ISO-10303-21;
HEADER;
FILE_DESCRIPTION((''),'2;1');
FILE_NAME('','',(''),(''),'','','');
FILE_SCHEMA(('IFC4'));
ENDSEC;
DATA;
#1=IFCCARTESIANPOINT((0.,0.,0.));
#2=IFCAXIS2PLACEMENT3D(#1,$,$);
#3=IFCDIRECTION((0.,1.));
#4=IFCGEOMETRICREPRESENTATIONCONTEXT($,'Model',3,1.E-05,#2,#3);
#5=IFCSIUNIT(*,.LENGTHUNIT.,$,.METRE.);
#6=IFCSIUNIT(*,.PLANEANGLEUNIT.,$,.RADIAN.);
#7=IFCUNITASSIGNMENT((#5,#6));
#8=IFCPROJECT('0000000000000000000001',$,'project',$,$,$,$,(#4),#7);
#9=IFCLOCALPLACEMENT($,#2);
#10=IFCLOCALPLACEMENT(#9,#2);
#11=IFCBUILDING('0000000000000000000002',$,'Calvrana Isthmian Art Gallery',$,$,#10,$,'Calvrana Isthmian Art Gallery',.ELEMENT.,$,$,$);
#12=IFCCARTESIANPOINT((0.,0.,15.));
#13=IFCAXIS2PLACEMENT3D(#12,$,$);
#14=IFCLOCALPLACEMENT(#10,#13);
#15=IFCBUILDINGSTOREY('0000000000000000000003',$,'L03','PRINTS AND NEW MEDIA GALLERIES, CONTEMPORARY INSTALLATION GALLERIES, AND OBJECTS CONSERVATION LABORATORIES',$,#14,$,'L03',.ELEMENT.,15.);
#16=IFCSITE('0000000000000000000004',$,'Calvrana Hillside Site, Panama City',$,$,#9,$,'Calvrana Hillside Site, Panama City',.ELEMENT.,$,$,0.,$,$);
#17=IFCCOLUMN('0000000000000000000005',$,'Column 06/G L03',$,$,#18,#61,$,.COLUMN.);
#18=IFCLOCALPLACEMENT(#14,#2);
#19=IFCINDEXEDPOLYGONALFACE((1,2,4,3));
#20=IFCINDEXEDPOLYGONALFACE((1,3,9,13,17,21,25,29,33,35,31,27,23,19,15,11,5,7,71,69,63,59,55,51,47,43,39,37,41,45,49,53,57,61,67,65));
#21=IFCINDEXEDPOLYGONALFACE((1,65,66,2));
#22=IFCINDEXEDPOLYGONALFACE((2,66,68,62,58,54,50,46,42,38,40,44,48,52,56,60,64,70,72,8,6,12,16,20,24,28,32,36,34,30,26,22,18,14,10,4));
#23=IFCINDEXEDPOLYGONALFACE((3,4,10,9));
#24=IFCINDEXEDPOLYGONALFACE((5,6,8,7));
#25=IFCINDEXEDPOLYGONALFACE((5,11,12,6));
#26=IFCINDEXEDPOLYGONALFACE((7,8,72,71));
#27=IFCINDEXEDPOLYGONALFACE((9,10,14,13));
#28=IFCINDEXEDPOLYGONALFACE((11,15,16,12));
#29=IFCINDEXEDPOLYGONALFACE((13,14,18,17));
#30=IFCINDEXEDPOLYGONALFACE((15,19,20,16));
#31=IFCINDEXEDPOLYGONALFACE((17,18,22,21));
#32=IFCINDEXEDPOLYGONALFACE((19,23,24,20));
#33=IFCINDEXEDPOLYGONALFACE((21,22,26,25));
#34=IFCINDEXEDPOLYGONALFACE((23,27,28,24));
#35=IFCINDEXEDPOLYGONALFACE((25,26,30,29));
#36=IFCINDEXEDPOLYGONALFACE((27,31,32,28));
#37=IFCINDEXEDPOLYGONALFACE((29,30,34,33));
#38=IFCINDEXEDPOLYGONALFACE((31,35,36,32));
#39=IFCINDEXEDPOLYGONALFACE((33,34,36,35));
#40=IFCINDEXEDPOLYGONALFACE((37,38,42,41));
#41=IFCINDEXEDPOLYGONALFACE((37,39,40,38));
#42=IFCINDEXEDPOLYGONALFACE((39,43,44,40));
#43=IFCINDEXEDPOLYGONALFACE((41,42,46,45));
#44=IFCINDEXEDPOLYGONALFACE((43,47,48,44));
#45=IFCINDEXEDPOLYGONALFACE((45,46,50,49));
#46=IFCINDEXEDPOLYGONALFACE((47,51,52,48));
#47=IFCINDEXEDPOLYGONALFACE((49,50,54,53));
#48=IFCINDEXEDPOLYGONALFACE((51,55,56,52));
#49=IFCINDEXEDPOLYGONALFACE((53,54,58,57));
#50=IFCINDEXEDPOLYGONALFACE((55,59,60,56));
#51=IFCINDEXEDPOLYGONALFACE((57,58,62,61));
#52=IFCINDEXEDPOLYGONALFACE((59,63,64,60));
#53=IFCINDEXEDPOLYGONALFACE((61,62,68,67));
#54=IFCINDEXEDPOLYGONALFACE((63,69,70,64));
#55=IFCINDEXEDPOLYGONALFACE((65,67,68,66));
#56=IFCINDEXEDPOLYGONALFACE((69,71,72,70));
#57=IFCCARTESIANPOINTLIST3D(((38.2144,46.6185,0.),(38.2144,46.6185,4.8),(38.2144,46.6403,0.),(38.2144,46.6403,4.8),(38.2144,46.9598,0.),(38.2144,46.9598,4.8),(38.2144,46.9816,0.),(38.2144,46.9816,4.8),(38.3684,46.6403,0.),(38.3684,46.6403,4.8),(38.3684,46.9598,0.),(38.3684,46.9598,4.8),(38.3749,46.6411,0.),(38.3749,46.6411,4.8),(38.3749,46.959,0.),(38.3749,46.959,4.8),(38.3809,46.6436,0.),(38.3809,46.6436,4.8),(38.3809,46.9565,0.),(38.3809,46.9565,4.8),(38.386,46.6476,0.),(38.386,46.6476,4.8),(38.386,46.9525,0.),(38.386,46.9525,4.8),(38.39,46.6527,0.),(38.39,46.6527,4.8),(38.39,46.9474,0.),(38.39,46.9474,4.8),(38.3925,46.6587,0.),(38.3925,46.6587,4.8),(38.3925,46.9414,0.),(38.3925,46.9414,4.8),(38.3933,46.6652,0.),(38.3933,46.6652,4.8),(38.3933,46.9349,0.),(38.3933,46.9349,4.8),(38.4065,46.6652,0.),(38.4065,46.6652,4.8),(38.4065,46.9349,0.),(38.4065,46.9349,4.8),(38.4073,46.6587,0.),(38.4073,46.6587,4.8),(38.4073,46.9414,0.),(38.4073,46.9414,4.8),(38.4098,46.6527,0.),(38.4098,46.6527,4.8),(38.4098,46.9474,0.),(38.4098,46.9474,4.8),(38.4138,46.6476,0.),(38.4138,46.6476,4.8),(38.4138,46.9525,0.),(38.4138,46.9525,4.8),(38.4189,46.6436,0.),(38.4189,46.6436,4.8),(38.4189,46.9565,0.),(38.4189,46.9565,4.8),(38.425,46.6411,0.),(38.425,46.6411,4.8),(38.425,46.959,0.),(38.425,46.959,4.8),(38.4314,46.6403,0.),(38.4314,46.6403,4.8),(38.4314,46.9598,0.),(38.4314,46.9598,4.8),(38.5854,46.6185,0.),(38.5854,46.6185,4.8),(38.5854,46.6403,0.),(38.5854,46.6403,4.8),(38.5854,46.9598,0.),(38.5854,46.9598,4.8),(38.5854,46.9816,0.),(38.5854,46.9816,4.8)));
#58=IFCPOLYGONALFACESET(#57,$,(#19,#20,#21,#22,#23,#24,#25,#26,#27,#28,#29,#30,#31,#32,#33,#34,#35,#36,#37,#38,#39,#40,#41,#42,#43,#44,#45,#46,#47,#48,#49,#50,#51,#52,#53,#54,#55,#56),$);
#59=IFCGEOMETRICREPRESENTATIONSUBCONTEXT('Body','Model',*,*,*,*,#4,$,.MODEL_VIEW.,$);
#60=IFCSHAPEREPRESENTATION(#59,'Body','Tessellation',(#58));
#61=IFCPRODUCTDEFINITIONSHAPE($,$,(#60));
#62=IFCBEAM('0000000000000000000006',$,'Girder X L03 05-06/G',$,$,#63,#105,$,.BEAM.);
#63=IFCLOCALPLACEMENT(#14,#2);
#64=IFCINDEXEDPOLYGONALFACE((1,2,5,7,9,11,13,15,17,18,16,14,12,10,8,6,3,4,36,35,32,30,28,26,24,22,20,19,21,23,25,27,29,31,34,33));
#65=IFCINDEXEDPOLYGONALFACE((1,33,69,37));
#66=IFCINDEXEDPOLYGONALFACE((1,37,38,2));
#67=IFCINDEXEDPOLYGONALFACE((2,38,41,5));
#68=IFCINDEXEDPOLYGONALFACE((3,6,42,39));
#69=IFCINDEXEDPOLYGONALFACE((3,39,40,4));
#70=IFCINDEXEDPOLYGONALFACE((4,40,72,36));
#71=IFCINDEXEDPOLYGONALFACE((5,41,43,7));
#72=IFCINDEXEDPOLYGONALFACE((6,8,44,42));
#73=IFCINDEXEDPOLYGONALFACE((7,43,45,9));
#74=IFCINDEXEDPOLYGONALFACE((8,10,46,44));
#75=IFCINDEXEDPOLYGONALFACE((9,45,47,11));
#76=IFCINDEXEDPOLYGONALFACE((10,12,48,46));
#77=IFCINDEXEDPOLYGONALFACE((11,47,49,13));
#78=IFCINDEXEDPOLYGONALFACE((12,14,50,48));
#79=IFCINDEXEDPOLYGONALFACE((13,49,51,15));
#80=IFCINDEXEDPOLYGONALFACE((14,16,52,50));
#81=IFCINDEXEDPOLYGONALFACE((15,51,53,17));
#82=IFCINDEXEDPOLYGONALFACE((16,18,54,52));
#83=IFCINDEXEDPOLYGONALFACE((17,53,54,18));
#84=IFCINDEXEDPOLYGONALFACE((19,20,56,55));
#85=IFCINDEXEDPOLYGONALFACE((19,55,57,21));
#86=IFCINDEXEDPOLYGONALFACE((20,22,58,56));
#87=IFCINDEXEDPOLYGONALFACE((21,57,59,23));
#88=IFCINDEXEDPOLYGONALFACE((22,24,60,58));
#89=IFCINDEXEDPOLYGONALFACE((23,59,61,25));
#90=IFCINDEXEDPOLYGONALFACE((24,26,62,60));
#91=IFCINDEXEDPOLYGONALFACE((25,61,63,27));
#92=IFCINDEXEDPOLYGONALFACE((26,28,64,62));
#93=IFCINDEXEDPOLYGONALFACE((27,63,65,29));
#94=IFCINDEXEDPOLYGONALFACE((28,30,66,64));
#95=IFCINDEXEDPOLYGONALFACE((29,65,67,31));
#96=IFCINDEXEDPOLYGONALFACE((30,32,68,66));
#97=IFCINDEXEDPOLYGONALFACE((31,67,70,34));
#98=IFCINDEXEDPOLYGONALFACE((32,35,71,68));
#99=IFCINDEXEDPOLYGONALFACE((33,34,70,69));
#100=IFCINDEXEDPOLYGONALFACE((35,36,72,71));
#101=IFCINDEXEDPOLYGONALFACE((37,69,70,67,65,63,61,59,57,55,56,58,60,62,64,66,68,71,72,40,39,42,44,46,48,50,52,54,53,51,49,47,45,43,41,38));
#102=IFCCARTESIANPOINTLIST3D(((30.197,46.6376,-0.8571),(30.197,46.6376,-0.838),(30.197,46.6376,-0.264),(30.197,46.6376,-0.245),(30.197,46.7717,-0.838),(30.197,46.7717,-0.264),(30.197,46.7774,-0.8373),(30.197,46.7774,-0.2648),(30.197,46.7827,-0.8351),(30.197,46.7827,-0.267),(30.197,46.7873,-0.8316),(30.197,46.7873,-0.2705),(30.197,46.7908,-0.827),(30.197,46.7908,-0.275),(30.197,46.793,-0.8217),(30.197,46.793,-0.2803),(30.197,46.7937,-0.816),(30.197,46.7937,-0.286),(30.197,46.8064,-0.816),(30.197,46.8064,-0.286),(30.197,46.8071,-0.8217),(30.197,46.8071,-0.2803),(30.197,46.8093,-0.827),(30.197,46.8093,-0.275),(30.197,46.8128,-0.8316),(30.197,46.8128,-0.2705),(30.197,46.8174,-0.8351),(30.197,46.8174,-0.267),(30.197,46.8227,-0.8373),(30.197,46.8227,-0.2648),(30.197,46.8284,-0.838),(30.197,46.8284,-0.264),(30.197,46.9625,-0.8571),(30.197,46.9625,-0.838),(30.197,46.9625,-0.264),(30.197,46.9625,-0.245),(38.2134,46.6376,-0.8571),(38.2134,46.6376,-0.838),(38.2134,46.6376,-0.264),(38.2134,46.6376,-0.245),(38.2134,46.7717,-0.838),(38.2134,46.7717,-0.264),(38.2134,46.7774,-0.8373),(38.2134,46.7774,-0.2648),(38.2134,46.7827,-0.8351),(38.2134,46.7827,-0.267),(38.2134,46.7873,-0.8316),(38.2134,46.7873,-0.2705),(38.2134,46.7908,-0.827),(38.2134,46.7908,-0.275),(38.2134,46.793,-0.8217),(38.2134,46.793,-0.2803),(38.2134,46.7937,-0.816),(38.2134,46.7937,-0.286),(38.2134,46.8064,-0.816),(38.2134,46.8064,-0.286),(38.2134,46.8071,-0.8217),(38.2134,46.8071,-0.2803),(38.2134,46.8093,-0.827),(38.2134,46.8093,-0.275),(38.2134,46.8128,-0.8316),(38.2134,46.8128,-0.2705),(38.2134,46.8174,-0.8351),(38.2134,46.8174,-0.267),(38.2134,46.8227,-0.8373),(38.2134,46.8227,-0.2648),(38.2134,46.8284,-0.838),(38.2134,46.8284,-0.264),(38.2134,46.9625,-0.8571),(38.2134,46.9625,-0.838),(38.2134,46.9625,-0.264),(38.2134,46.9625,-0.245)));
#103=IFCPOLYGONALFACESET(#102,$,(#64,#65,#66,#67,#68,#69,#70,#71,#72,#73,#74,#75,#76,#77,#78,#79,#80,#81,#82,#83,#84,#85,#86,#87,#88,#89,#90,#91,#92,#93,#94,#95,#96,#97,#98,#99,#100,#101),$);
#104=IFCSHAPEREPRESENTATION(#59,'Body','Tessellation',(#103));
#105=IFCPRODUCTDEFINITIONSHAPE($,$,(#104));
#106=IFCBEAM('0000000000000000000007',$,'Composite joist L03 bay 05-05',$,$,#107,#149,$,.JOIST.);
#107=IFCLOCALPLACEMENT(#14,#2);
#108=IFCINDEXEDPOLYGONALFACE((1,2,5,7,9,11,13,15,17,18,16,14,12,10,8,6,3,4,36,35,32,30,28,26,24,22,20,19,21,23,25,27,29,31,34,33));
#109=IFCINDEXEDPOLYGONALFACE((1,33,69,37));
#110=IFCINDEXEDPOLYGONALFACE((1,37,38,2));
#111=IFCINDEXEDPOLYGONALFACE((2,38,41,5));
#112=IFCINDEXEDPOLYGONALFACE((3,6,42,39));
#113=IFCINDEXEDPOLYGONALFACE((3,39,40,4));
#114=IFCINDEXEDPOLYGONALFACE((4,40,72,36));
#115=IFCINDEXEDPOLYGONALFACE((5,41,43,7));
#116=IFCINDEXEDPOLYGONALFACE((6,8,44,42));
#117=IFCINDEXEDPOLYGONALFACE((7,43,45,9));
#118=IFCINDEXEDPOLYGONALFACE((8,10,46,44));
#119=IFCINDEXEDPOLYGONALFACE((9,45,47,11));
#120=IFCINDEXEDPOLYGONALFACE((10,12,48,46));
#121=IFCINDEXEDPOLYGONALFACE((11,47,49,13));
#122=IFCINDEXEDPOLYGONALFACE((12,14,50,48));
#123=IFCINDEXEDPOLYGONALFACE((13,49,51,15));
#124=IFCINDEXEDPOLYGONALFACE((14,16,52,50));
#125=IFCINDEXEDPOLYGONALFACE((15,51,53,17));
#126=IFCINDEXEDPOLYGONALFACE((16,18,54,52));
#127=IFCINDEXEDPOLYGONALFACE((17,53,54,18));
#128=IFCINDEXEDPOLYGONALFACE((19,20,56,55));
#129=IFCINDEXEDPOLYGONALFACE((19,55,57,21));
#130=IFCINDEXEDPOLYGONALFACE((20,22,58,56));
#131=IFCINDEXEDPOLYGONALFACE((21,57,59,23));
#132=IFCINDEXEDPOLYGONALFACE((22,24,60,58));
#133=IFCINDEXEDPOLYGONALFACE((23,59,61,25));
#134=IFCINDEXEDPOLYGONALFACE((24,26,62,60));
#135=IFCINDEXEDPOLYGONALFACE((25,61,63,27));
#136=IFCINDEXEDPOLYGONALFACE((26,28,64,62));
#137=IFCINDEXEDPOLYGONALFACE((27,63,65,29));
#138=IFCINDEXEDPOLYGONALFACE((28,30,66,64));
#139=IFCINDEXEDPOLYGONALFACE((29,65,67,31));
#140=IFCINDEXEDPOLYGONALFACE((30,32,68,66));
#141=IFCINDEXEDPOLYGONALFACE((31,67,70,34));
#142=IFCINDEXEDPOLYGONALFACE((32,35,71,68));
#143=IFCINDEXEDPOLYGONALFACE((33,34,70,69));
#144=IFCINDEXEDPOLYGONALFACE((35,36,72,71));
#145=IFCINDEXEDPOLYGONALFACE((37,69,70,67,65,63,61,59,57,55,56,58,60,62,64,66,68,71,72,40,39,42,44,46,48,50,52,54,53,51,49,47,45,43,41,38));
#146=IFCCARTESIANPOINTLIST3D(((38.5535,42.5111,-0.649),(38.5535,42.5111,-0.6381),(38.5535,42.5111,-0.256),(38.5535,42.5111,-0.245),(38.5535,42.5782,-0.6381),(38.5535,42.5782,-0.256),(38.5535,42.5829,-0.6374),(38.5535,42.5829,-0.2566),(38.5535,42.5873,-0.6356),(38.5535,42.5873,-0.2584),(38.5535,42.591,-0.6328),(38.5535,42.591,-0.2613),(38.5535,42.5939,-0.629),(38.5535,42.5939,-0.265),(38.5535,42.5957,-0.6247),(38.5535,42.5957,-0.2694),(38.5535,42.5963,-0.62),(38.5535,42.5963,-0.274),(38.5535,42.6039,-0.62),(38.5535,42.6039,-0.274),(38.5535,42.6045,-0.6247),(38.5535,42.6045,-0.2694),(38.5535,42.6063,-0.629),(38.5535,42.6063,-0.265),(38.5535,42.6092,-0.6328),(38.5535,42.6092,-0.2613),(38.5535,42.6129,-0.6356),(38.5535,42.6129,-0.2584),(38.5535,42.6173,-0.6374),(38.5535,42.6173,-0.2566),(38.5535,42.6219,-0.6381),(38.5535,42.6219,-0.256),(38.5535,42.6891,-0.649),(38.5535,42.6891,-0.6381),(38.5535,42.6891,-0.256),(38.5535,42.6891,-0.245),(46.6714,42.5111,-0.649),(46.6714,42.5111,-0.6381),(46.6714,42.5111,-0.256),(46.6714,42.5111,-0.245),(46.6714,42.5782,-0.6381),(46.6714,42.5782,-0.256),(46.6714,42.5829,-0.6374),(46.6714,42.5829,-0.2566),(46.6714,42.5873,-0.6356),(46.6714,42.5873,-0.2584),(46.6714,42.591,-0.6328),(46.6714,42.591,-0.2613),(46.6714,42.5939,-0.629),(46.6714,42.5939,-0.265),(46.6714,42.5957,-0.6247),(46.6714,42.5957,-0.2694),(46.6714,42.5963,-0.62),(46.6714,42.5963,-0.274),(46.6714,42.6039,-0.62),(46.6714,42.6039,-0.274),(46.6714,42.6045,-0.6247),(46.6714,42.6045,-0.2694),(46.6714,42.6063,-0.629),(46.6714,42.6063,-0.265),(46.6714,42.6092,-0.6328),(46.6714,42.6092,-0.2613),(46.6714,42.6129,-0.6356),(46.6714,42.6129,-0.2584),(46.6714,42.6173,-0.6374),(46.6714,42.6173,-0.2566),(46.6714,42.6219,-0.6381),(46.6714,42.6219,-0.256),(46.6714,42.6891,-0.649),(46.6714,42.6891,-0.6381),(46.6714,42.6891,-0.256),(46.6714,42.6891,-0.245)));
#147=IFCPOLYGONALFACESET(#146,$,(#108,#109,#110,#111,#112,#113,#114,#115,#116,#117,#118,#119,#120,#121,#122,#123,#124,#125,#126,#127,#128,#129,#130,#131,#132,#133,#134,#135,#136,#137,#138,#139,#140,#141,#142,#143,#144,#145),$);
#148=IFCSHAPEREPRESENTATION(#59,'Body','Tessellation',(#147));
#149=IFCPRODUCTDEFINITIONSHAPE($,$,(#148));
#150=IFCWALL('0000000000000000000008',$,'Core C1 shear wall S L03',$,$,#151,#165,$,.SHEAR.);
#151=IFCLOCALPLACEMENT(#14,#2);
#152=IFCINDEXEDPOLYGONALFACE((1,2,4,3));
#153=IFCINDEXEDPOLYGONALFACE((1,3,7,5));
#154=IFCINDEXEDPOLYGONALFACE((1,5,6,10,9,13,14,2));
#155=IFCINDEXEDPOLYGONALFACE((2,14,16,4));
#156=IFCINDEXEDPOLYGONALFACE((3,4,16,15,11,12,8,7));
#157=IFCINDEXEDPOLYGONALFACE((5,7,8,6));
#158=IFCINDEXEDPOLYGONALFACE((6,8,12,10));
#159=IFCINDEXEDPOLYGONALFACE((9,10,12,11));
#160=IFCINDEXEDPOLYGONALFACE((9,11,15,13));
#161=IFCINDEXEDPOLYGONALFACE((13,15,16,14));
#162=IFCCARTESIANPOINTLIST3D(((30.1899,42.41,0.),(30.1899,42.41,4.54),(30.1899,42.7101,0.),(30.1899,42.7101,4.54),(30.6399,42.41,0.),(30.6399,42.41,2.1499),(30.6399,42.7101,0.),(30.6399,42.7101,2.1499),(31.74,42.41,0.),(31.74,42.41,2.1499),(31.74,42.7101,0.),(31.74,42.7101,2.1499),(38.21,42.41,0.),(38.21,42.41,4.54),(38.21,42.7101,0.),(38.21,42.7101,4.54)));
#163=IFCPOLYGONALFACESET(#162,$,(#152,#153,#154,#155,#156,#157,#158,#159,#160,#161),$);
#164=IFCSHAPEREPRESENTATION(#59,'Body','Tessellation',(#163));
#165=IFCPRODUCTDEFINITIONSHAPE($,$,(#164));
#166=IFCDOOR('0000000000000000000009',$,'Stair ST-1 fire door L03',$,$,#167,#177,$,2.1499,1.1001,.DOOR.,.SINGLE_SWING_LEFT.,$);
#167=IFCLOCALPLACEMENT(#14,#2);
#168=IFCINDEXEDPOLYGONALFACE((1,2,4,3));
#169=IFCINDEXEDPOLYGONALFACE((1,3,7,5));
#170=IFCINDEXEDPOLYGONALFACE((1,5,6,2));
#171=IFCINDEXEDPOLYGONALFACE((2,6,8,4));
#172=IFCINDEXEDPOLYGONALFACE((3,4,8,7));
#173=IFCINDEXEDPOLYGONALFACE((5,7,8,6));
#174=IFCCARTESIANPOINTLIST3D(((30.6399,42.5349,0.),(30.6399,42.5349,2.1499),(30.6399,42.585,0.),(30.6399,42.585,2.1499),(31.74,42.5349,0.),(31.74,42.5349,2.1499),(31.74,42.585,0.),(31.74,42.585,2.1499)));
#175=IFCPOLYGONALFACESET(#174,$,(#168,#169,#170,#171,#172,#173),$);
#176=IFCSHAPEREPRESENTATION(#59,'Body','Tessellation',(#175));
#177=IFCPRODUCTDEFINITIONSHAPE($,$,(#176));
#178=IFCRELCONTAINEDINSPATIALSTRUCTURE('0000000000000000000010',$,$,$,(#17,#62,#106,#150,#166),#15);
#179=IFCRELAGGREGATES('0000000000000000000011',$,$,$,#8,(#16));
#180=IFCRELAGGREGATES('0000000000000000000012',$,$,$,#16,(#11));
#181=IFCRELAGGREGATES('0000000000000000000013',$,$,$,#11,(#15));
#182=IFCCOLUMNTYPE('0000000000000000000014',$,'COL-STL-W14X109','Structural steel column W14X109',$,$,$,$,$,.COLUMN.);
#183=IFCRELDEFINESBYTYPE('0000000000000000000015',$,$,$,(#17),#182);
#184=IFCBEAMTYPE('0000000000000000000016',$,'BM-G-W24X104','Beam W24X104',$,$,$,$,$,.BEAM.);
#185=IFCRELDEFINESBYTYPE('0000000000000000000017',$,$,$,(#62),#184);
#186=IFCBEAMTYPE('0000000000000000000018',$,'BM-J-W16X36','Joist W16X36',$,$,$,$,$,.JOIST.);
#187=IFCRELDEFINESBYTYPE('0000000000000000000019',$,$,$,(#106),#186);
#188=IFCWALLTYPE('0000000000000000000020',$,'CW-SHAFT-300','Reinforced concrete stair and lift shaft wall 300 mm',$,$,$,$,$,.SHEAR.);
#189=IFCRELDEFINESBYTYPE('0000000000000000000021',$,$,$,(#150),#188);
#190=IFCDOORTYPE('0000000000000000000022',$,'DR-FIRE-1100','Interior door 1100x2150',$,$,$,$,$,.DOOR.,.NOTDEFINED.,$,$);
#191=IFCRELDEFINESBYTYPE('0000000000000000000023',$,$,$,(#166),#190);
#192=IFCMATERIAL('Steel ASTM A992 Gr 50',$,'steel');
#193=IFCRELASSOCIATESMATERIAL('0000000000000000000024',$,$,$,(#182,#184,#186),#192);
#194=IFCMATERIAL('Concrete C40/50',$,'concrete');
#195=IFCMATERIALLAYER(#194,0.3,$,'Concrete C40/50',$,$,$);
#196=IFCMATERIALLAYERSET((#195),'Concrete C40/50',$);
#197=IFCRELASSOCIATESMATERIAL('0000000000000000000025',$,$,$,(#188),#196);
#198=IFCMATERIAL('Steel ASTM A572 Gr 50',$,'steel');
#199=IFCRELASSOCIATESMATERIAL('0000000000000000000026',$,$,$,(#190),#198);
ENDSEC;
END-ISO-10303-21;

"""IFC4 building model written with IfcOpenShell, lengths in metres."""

from ifc_helpers import new_model, si_unit, direction, frame, frame_2d, origin, origin_2d, place, context, subcontext, project, spatial, rectangle, i_section, extrude, material, layer, layer_set, material_profile, profile_set, type_object, element, fill, save


model = new_model("IFC4")

# Units and contexts
model_context = context("Model", 3, precision=1e-05, world=origin(), true_north=direction((0.0, 1.0)))
body_context = subcontext(model_context, "Body", "Model", "MODEL_VIEW")
ifc_project = project(units=[si_unit("LENGTHUNIT", "METRE"), si_unit("PLANEANGLEUNIT", "RADIAN")], contexts=[model_context])

# Site, building, storey
site_placement = place(None, origin())
site = spatial("IfcSite", under=ifc_project, at=site_placement, Name="Calvrana Hillside Site, Panama City", LongName="Calvrana Hillside Site, Panama City", CompositionType="ELEMENT", RefElevation=0.0)
building_placement = place(site_placement, origin())
building = spatial("IfcBuilding", under=site, at=building_placement, Name="Calvrana Isthmian Art Gallery", LongName="Calvrana Isthmian Art Gallery", CompositionType="ELEMENT")
storey_placement = place(building_placement, frame((0.0, 0.0, 15.0)))
storey = spatial("IfcBuildingStorey", under=building, at=storey_placement, Name="L03", Description="PRINTS AND NEW MEDIA GALLERIES, CONTEMPORARY INSTALLATION GALLERIES, AND OBJECTS CONSERVATION LABORATORIES", LongName="L03", CompositionType="ELEMENT", Elevation=15.0)

# Column
ifc_material_1 = material(Name="Steel ASTM A992 Gr 50", Category="steel")
ifc_material_profile_1 = material_profile(ifc_material_1, i_section(OverallWidth=0.3711, OverallDepth=0.363, WebThickness=0.0132, FlangeThickness=0.0217, FilletRadius=0.0249, at=origin_2d()), Name="W14X109")
ifc_profile_set_1 = profile_set([ifc_material_profile_1], Name="Steel ASTM A992 Gr 50")
column_type = type_object("IfcColumnType", Name="COL-STL-W14X109", Description="Structural steel column W14X109", PredefinedType="COLUMN", material=ifc_profile_set_1)
column_placement = place(storey_placement, frame((38.3999, 46.8, 0.0), z_axis=(0.0, 0.0, 1.0), x_axis=(1.0, 0.0, 0.0)))
element("IfcColumn", 1, at=column_placement, inside=storey, type_object=column_type, Name="Column 06/G L03", PredefinedType="COLUMN", context=body_context, shape_type="SweptSolid", body=[
    extrude(i_section(OverallWidth=0.3711, OverallDepth=0.363, WebThickness=0.0132, FlangeThickness=0.0217, FilletRadius=0.0249, at=origin_2d()), origin(), (0.0, 0.0, 1.0), 4.8),
])

# Beams
ifc_material_profile_2 = material_profile(ifc_material_1, i_section(OverallWidth=0.325, OverallDepth=0.6121, WebThickness=0.0127, FlangeThickness=0.019, FilletRadius=0.022, at=origin_2d()), Name="W24X104")
ifc_profile_set_2 = profile_set([ifc_material_profile_2], Name="Steel ASTM A992 Gr 50")
beam_type_1 = type_object("IfcBeamType", Name="BM-G-W24X104", Description="Beam W24X104", PredefinedType="BEAM", material=ifc_profile_set_2)
beam_1_placement = place(storey_placement, frame((30.197, 46.8, -0.551), z_axis=(1.0, 0.0, 0.0), x_axis=(0.0, 1.0, 0.0)))
element("IfcBeam", 2, at=beam_1_placement, inside=storey, type_object=beam_type_1, Name="Girder X L03 05-06/G", PredefinedType="BEAM", context=body_context, shape_type="SweptSolid", body=[
    extrude(i_section(OverallWidth=0.325, OverallDepth=0.6121, WebThickness=0.0127, FlangeThickness=0.019, FilletRadius=0.022, at=origin_2d()), origin(), (0.0, 0.0, 1.0), 8.0164),
])
ifc_material_profile_3 = material_profile(ifc_material_1, i_section(OverallWidth=0.178, OverallDepth=0.4041, WebThickness=0.0076, FlangeThickness=0.011, FilletRadius=0.0181, at=origin_2d()), Name="W16X36")
ifc_profile_set_3 = profile_set([ifc_material_profile_3], Name="Steel ASTM A992 Gr 50")
beam_type_2 = type_object("IfcBeamType", Name="BM-J-W16X36", Description="Joist W16X36", PredefinedType="JOIST", material=ifc_profile_set_3)
beam_2_placement = place(storey_placement, frame((38.5535, 42.6001, -0.447), z_axis=(1.0, 0.0, 0.0), x_axis=(0.0, 1.0, 0.0)))
element("IfcBeam", 3, at=beam_2_placement, inside=storey, type_object=beam_type_2, Name="Composite joist L03 bay 05-05", PredefinedType="JOIST", context=body_context, shape_type="SweptSolid", body=[
    extrude(i_section(OverallWidth=0.178, OverallDepth=0.4041, WebThickness=0.0076, FlangeThickness=0.011, FilletRadius=0.0181, at=origin_2d()), origin(), (0.0, 0.0, 1.0), 8.1179),
])

# Wall, opening, door
ifc_material_2 = material(Name="Concrete C40/50", Category="concrete")
ifc_layer_1 = layer(ifc_material_2, 0.3, Name="Concrete C40/50")
ifc_layer_set_1 = layer_set([ifc_layer_1], Name="Concrete C40/50")
wall_type_1 = type_object("IfcWallType", Name="CW-SHAFT-300", Description="Reinforced concrete stair and lift shaft wall 300 mm", PredefinedType="SHEAR", material=ifc_layer_set_1)
wall_1_placement = place(storey_placement, frame((30.1899, 42.5601, 0.0), z_axis=(0.0, 0.0, 1.0), x_axis=(1.0, 0.0, 0.0)))
wall_1 = element("IfcWall", 4, at=wall_1_placement, inside=storey, type_object=wall_type_1, Name="Core C1 shear wall S L03", PredefinedType="SHEAR", context=body_context, shape_type="SweptSolid", body=[
    extrude(rectangle(XDim=8.02, YDim=0.3, at=frame_2d((4.01, 0.0))), origin(), (0.0, 0.0, 1.0), 4.54),
])
opening_1_placement = place(wall_1_placement, frame((0.45, 0.0, 0.0)))
opening_1 = element("IfcOpeningElement", 5, at=opening_1_placement, cuts=wall_1, PredefinedType="OPENING", context=body_context, shape_type="SweptSolid", body=[
    extrude(rectangle(XDim=1.1001, YDim=2.1499, at=frame_2d((0.55, 1.075))), frame((0.0, 0.1602, 0.0), z_axis=(0.0, -1.0, 0.0), x_axis=(1.0, 0.0, 0.0)), (0.0, 0.0, 1.0), 0.3206),
])
ifc_material_3 = material(Name="Steel ASTM A572 Gr 50", Category="steel")
door_type = type_object("IfcDoorType", Name="DR-FIRE-1100", Description="Interior door 1100x2150", OperationType="NOTDEFINED", PredefinedType="DOOR", material=ifc_material_3)
door_placement = place(opening_1_placement, origin())
door = element("IfcDoor", 6, at=door_placement, inside=storey, type_object=door_type, Name="Stair ST-1 fire door L03", OperationType="SINGLE_SWING_LEFT", OverallHeight=2.1499, OverallWidth=1.1001, PredefinedType="DOOR", context=body_context, shape_type="SweptSolid", body=[
    extrude(rectangle(XDim=1.1001, YDim=2.1499, at=frame_2d((0.55, 1.075))), frame((0.0, 0.0249, 0.0), z_axis=(0.0, -1.0, 0.0), x_axis=(1.0, 0.0, 0.0)), (0.0, 0.0, 1.0), 0.05),
])
fill(opening_1, door)

save(model, "model.ifc")
